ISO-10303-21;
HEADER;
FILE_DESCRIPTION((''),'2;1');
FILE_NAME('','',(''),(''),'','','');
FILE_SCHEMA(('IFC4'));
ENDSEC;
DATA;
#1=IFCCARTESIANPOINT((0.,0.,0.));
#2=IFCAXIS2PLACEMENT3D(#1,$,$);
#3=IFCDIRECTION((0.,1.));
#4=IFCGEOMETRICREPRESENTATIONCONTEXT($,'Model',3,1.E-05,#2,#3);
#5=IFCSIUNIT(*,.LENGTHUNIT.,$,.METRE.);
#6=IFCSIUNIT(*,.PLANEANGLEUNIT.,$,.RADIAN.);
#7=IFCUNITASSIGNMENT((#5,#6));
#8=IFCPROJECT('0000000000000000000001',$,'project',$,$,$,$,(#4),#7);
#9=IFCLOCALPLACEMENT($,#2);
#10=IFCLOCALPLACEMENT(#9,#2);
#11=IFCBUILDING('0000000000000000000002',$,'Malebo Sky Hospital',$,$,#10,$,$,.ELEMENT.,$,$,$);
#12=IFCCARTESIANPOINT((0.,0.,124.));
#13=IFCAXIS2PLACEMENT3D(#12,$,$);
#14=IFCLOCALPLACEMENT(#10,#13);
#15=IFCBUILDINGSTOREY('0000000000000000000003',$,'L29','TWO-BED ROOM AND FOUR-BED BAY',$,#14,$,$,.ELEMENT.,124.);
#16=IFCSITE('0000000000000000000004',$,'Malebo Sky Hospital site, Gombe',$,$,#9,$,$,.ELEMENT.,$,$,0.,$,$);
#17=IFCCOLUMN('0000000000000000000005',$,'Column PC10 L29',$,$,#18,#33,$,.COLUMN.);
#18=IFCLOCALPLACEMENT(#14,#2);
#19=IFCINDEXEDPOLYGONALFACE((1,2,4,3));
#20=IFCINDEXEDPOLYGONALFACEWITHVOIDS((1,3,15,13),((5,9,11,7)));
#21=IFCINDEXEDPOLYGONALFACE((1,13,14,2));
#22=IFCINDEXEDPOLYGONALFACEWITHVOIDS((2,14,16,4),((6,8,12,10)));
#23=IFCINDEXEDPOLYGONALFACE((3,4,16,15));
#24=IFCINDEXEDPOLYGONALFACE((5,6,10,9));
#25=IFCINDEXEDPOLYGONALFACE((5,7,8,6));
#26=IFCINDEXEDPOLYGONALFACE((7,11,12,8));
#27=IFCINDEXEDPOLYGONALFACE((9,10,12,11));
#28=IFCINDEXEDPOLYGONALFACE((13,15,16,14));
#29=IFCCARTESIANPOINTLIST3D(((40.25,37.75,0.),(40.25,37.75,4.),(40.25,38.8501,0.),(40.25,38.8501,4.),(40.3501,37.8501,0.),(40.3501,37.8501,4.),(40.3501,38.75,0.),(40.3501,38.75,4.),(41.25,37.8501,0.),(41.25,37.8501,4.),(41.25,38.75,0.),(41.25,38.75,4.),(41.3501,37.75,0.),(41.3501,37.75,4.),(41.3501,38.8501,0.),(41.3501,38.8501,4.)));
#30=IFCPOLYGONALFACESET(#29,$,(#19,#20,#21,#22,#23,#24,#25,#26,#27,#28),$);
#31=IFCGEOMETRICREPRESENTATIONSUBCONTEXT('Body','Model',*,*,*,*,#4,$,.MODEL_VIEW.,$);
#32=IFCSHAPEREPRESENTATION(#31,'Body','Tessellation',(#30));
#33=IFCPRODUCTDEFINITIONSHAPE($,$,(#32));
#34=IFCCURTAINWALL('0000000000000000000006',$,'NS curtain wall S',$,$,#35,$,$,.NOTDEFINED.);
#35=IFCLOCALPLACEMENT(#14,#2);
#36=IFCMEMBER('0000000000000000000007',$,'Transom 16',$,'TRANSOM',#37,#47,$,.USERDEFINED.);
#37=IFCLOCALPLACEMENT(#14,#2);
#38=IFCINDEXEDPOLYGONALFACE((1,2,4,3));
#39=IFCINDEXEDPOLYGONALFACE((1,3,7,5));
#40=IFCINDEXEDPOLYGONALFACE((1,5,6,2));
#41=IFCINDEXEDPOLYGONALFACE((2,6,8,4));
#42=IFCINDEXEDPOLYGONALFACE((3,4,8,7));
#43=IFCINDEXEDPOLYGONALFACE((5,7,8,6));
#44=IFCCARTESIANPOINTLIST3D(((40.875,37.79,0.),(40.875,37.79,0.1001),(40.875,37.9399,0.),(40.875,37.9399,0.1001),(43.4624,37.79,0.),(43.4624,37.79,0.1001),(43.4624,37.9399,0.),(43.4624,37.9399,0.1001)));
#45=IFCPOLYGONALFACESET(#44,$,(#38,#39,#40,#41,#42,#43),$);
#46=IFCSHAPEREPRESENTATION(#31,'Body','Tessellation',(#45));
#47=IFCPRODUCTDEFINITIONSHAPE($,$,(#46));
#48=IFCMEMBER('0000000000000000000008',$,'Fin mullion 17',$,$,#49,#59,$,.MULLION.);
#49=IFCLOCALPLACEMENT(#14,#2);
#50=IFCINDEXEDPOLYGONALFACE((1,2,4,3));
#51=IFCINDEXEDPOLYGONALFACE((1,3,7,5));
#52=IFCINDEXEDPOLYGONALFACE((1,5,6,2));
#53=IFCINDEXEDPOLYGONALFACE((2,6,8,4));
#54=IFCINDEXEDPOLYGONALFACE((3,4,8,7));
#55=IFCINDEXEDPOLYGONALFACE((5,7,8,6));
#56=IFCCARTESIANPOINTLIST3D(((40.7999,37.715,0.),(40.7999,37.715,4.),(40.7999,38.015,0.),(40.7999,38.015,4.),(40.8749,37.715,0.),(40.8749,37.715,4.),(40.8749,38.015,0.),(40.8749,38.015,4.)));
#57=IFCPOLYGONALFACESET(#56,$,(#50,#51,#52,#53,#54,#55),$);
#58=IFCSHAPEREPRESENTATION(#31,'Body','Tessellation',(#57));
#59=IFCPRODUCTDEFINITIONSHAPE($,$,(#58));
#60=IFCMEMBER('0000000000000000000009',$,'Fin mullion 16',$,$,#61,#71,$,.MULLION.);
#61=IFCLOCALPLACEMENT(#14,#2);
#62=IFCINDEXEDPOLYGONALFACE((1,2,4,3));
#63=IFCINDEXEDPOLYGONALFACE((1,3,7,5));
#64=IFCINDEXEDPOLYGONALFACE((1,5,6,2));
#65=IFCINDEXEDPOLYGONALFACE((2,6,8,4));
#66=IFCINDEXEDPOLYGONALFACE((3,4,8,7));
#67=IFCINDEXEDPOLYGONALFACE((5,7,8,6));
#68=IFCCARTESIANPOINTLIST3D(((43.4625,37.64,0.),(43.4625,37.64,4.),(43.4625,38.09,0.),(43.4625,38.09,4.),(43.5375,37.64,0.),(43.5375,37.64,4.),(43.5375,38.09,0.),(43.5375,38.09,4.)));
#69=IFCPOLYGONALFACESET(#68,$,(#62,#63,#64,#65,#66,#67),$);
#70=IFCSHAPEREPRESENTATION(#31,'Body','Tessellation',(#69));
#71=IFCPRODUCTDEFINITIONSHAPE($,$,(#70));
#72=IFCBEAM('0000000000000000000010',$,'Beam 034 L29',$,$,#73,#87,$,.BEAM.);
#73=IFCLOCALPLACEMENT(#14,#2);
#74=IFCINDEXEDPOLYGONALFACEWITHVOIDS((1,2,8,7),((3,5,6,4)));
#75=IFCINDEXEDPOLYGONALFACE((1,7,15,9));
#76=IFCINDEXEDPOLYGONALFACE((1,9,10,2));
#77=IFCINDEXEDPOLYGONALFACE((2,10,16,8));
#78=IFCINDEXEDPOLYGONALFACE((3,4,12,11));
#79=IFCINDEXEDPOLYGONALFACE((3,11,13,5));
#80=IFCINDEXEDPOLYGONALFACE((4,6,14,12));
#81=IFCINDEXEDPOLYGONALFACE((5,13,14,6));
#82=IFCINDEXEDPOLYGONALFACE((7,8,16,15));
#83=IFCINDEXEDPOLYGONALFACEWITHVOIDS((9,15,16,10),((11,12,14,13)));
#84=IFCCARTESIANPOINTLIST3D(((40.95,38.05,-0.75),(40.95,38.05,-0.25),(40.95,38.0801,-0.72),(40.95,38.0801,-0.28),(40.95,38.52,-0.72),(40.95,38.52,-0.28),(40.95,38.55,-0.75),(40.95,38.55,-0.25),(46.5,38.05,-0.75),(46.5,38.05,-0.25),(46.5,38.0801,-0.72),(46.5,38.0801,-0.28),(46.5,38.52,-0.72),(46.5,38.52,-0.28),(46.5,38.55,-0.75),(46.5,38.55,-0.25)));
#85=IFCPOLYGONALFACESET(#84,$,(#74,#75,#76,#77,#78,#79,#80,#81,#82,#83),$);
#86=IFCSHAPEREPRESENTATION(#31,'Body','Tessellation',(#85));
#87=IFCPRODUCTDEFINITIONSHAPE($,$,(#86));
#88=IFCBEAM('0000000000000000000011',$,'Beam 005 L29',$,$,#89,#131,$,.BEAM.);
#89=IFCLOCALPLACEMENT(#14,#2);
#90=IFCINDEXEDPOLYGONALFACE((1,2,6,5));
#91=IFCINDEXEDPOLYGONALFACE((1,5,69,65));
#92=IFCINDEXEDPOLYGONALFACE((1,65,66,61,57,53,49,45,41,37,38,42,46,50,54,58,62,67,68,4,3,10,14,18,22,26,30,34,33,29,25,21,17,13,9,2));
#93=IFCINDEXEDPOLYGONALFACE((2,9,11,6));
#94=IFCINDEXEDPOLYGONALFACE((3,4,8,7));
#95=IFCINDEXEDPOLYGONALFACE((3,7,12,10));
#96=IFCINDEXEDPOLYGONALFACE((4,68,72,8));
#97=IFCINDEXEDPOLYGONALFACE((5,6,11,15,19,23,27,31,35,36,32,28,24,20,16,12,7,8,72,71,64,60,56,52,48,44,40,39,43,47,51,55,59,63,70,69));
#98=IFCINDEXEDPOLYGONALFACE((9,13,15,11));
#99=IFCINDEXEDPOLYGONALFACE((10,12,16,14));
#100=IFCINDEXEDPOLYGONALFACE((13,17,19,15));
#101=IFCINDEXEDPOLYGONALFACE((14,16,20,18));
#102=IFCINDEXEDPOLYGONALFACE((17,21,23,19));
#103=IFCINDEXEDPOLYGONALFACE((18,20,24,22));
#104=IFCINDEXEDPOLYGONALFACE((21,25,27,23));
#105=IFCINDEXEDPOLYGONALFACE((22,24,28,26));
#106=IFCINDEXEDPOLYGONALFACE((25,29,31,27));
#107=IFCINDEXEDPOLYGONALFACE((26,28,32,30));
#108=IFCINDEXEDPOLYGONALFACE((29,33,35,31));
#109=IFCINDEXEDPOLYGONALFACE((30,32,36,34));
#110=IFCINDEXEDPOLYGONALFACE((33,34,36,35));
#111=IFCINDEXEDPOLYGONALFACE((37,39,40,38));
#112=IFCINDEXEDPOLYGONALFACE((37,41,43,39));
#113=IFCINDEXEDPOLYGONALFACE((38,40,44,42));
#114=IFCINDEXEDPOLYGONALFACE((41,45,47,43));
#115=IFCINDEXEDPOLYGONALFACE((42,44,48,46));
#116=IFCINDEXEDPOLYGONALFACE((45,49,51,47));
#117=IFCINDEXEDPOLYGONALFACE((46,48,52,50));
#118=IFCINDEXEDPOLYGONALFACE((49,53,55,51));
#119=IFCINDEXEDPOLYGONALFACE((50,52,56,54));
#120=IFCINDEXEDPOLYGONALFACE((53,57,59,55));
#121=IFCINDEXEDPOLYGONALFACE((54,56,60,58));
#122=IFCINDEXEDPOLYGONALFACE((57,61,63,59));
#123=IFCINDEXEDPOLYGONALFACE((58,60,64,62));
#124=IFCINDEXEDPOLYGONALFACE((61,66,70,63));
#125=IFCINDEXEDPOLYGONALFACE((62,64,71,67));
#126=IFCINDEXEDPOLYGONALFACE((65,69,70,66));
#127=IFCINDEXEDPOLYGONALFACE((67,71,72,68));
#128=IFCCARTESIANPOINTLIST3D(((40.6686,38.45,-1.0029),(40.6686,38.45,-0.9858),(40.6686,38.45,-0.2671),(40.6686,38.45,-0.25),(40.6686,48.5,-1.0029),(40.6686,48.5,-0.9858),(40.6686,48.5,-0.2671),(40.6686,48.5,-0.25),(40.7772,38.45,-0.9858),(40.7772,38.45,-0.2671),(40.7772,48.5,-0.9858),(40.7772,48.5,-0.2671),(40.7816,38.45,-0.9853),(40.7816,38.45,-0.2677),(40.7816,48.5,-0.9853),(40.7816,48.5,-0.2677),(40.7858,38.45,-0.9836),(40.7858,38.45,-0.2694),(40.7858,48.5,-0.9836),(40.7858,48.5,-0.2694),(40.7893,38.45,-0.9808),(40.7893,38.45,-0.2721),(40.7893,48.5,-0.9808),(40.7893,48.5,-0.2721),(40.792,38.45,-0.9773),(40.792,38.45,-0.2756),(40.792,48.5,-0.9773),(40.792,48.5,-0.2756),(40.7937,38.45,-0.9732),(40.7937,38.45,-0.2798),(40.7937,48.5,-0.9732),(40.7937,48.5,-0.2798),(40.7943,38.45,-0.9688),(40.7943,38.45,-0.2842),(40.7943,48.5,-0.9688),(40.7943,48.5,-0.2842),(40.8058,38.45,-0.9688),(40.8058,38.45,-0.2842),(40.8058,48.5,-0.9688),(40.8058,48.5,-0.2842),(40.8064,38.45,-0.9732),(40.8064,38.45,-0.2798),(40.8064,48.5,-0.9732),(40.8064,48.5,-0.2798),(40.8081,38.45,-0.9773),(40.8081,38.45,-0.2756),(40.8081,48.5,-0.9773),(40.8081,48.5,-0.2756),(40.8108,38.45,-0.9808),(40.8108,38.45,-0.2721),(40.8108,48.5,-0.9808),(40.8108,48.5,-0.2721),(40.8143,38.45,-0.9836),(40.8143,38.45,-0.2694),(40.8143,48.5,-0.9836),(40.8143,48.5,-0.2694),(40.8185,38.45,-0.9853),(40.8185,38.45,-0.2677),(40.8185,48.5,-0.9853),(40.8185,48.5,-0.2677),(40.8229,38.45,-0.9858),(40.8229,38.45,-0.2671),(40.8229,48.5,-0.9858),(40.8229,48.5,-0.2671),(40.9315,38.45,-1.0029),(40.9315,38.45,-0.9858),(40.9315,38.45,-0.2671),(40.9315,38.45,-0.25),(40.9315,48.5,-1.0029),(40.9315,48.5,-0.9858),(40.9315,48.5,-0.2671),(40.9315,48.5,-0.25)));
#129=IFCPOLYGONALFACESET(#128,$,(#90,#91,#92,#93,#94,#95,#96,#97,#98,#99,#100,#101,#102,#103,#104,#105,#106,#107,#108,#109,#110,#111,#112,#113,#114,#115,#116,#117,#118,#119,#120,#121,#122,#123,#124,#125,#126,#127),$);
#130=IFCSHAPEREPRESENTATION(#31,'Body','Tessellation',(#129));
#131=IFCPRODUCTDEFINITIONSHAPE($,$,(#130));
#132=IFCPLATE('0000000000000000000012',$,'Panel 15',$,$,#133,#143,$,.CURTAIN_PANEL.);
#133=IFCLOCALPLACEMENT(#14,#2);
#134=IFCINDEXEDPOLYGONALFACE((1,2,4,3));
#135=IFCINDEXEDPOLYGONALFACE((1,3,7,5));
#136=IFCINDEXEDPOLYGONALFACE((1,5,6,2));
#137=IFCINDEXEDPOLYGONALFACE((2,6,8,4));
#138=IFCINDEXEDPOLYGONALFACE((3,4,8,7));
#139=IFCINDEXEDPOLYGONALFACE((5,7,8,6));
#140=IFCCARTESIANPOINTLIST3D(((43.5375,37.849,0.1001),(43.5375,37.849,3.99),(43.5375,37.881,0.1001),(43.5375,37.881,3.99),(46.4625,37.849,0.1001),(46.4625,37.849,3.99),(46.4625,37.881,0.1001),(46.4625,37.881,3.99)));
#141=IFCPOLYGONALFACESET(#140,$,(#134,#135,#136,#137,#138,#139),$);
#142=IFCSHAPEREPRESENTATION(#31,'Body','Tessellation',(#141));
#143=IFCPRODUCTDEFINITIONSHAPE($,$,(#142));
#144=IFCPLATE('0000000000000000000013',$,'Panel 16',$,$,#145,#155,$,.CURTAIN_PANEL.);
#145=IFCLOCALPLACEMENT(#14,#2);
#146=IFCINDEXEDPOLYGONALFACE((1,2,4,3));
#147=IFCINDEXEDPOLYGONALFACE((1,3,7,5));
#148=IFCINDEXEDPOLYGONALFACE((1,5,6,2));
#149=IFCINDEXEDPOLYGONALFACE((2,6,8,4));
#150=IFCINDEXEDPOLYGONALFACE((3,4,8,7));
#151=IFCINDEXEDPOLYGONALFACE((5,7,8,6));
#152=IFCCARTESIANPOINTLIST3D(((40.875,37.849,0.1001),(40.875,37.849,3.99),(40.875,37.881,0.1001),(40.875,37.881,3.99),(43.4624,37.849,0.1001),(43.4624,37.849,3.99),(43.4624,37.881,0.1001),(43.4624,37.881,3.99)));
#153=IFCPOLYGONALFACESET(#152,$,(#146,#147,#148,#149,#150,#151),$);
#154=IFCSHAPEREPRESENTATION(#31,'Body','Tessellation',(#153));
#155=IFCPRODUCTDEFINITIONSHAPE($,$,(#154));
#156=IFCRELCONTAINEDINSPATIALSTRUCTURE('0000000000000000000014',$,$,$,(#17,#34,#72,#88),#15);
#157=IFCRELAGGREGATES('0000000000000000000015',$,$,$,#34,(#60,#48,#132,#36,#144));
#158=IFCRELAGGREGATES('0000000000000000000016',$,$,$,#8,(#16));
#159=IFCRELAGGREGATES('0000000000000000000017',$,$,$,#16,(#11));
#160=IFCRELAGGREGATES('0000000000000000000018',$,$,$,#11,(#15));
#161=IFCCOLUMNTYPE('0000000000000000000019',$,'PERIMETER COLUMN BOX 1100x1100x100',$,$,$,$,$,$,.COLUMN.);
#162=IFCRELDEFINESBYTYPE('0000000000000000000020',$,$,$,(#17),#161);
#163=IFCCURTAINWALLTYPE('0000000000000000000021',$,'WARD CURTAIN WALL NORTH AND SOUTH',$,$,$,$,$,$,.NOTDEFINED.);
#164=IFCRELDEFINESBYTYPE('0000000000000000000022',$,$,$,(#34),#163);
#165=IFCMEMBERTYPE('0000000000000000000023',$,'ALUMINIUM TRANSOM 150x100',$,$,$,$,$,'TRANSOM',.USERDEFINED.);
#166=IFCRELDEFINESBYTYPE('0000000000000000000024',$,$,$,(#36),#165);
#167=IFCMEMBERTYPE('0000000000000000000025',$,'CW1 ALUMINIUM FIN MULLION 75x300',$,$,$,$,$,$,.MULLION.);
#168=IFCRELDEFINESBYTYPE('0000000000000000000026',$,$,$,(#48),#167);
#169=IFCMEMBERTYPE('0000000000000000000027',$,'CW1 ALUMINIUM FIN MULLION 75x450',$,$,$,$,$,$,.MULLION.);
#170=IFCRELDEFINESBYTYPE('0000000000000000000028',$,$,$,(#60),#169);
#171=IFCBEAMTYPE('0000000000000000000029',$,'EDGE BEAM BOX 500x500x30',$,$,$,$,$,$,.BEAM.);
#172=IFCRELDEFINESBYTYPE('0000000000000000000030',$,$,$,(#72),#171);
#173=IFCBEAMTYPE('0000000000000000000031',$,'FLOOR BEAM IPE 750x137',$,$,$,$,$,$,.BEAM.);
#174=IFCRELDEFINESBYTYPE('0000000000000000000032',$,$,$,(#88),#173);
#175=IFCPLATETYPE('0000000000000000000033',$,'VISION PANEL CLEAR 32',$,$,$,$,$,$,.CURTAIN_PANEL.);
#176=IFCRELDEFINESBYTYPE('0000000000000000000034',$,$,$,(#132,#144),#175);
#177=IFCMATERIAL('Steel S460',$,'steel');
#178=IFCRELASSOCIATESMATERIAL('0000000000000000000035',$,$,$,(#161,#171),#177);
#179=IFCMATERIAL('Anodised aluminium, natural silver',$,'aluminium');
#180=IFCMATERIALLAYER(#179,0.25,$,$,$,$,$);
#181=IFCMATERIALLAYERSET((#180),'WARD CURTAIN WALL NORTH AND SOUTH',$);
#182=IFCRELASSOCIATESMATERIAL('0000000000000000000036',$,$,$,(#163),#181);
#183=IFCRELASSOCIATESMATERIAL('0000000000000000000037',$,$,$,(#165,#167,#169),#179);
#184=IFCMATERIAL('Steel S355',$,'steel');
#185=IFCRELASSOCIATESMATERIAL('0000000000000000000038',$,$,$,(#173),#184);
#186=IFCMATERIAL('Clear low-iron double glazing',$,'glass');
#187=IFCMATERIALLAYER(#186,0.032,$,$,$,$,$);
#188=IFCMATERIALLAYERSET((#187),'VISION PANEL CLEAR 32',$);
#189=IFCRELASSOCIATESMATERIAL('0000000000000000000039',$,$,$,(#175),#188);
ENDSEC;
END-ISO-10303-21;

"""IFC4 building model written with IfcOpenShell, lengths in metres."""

from ifc_helpers import new_model, si_unit, direction, frame, origin, origin_2d, place, context, subcontext, project, spatial, rectangle, hollow_rectangle, i_section, extrude, material, layer, layer_set, material_profile, profile_set, type_object, element, aggregate, save


model = new_model("IFC4")

# Units and contexts
model_context = context("Model", 3, precision=1e-05, world=origin(), true_north=direction((0.0, 1.0)))
body_context = subcontext(model_context, "Body", "Model", "MODEL_VIEW")
ifc_project = project(units=[si_unit("LENGTHUNIT", "METRE"), si_unit("PLANEANGLEUNIT", "RADIAN")], contexts=[model_context])

# Site, building, storey
site_placement = place(None, origin())
site = spatial("IfcSite", under=ifc_project, at=site_placement, Name="Malebo Sky Hospital site, Gombe", CompositionType="ELEMENT", RefElevation=0.0)
building_placement = place(site_placement, origin())
building = spatial("IfcBuilding", under=site, at=building_placement, Name="Malebo Sky Hospital", CompositionType="ELEMENT")
storey_placement = place(building_placement, frame((0.0, 0.0, 124.0)))
storey = spatial("IfcBuildingStorey", under=building, at=storey_placement, Name="L29", Description="TWO-BED ROOM AND FOUR-BED BAY", CompositionType="ELEMENT", Elevation=124.0)

# Column
ifc_material_1 = material(Name="Steel S460", Category="steel")
ifc_material_profile_1 = material_profile(ifc_material_1, hollow_rectangle(XDim=1.1001, YDim=1.1001, WallThickness=0.1001, at=origin_2d()), Name="BOX 1100x1100x100")
ifc_profile_set_1 = profile_set([ifc_material_profile_1], Name="Steel S460")
column_type = type_object("IfcColumnType", Name="PERIMETER COLUMN BOX 1100x1100x100", PredefinedType="COLUMN", material=ifc_profile_set_1)
column_placement = place(storey_placement, frame((40.8, 38.3, 0.0), z_axis=(0.0, 0.0, 1.0), x_axis=(1.0, 0.0, 0.0)))
element("IfcColumn", 1, at=column_placement, inside=storey, type_object=column_type, Name="Column PC10 L29", PredefinedType="COLUMN", context=body_context, shape_type="SweptSolid", body=[
    extrude(hollow_rectangle(XDim=1.1001, YDim=1.1001, WallThickness=0.1001, at=origin_2d()), origin(), (0.0, 0.0, 1.0), 4.0),
])

# Curtain wall, members
ifc_material_2 = material(Name="Anodised aluminium, natural silver", Category="aluminium")
ifc_layer_1 = layer(ifc_material_2, 0.25)
ifc_layer_set_1 = layer_set([ifc_layer_1], Name="WARD CURTAIN WALL NORTH AND SOUTH")
curtain_wall_type = type_object("IfcCurtainWallType", Name="WARD CURTAIN WALL NORTH AND SOUTH", PredefinedType="NOTDEFINED", material=ifc_layer_set_1)
curtain_wall_placement = place(storey_placement, origin())
curtain_wall = element("IfcCurtainWall", 2, at=curtain_wall_placement, inside=storey, type_object=curtain_wall_type, Name="NS curtain wall S", PredefinedType="NOTDEFINED")
ifc_material_profile_2 = material_profile(ifc_material_2, rectangle(XDim=0.1499, YDim=0.1001, at=origin_2d()), Name="ALUMINIUM TRANSOM 150x100")
ifc_profile_set_2 = profile_set([ifc_material_profile_2], Name="Anodised aluminium, natural silver")
member_type_1 = type_object("IfcMemberType", Name="ALUMINIUM TRANSOM 150x100", ElementType="TRANSOM", PredefinedType="USERDEFINED", material=ifc_profile_set_2)
member_1_placement = place(storey_placement, frame((43.4624, 37.865, 0.05), z_axis=(-1.0, 0.0, 0.0), x_axis=(0.0, -1.0, 0.0)))
member_1 = element("IfcMember", 3, at=member_1_placement, type_object=member_type_1, Name="Transom 16", ObjectType="TRANSOM", PredefinedType="USERDEFINED", context=body_context, shape_type="SweptSolid", body=[
    extrude(rectangle(XDim=0.1499, YDim=0.1001, at=origin_2d()), origin(), (0.0, 0.0, 1.0), 2.5874),
])
ifc_material_profile_3 = material_profile(ifc_material_2, rectangle(XDim=0.075, YDim=0.3, at=origin_2d()), Name="CW1 ALUMINIUM FIN MULLION 75x300")
ifc_profile_set_3 = profile_set([ifc_material_profile_3], Name="Anodised aluminium, natural silver")
member_type_2 = type_object("IfcMemberType", Name="CW1 ALUMINIUM FIN MULLION 75x300", PredefinedType="MULLION", material=ifc_profile_set_3)
member_2_placement = place(storey_placement, frame((40.8374, 37.865, 0.0), z_axis=(0.0, 0.0, 1.0), x_axis=(-1.0, 0.0, 0.0)))
member_2 = element("IfcMember", 4, at=member_2_placement, type_object=member_type_2, Name="Fin mullion 17", PredefinedType="MULLION", context=body_context, shape_type="SweptSolid", body=[
    extrude(rectangle(XDim=0.075, YDim=0.3, at=origin_2d()), origin(), (0.0, 0.0, 1.0), 4.0),
])
ifc_material_profile_4 = material_profile(ifc_material_2, rectangle(XDim=0.075, YDim=0.45, at=origin_2d()), Name="CW1 ALUMINIUM FIN MULLION 75x450")
ifc_profile_set_4 = profile_set([ifc_material_profile_4], Name="Anodised aluminium, natural silver")
member_type_3 = type_object("IfcMemberType", Name="CW1 ALUMINIUM FIN MULLION 75x450", PredefinedType="MULLION", material=ifc_profile_set_4)
member_3_placement = place(storey_placement, frame((43.5, 37.865, 0.0), z_axis=(0.0, 0.0, 1.0), x_axis=(-1.0, 0.0, 0.0)))
member_3 = element("IfcMember", 5, at=member_3_placement, type_object=member_type_3, Name="Fin mullion 16", PredefinedType="MULLION", context=body_context, shape_type="SweptSolid", body=[
    extrude(rectangle(XDim=0.075, YDim=0.45, at=origin_2d()), origin(), (0.0, 0.0, 1.0), 4.0),
])

# Beams
ifc_material_profile_5 = material_profile(ifc_material_1, hollow_rectangle(XDim=0.5, YDim=0.5, WallThickness=0.03, at=origin_2d()), Name="BOX 500x500x30")
ifc_profile_set_5 = profile_set([ifc_material_profile_5], Name="Steel S460")
beam_type_1 = type_object("IfcBeamType", Name="EDGE BEAM BOX 500x500x30", PredefinedType="BEAM", material=ifc_profile_set_5)
beam_1_placement = place(storey_placement, frame((40.95, 38.3, -0.5), z_axis=(1.0, 0.0, 0.0), x_axis=(0.0, 1.0, 0.0)))
element("IfcBeam", 6, at=beam_1_placement, inside=storey, type_object=beam_type_1, Name="Beam 034 L29", PredefinedType="BEAM", context=body_context, shape_type="SweptSolid", body=[
    extrude(hollow_rectangle(XDim=0.5, YDim=0.5, WallThickness=0.03, at=origin_2d()), origin(), (0.0, 0.0, 1.0), 5.55),
])
ifc_material_3 = material(Name="Steel S355", Category="steel")
ifc_material_profile_6 = material_profile(ifc_material_3, i_section(OverallWidth=0.2629, OverallDepth=0.7529, WebThickness=0.0115, FlangeThickness=0.0171, FilletRadius=0.0171, at=origin_2d()), Name="IPE 750x137")
ifc_profile_set_6 = profile_set([ifc_material_profile_6], Name="Steel S355")
beam_type_2 = type_object("IfcBeamType", Name="FLOOR BEAM IPE 750x137", PredefinedType="BEAM", material=ifc_profile_set_6)
beam_2_placement = place(storey_placement, frame((40.8, 38.45, -0.6265), z_axis=(0.0, 1.0, 0.0), x_axis=(-1.0, 0.0, 0.0)))
element("IfcBeam", 7, at=beam_2_placement, inside=storey, type_object=beam_type_2, Name="Beam 005 L29", PredefinedType="BEAM", context=body_context, shape_type="SweptSolid", body=[
    extrude(i_section(OverallWidth=0.2629, OverallDepth=0.7529, WebThickness=0.0115, FlangeThickness=0.0171, FilletRadius=0.0171, at=origin_2d()), origin(), (0.0, 0.0, 1.0), 10.05),
])

# Plates
ifc_material_4 = material(Name="Clear low-iron double glazing", Category="glass")
ifc_layer_2 = layer(ifc_material_4, 0.032)
ifc_layer_set_2 = layer_set([ifc_layer_2], Name="VISION PANEL CLEAR 32")
plate_type = type_object("IfcPlateType", Name="VISION PANEL CLEAR 32", PredefinedType="CURTAIN_PANEL", material=ifc_layer_set_2)
plate_1_placement = place(storey_placement, frame((45.0, 37.865, 0.1001), z_axis=(0.0, 0.0, 1.0), x_axis=(-1.0, 0.0, 0.0)))
plate_1 = element("IfcPlate", 8, at=plate_1_placement, type_object=plate_type, Name="Panel 15", PredefinedType="CURTAIN_PANEL", context=body_context, shape_type="SweptSolid", body=[
    extrude(rectangle(XDim=2.925, YDim=0.032, at=origin_2d()), origin(), (0.0, 0.0, 1.0), 3.8899),
])
plate_2_placement = place(storey_placement, frame((42.1687, 37.865, 0.1001), z_axis=(0.0, 0.0, 1.0), x_axis=(-1.0, 0.0, 0.0)))
plate_2 = element("IfcPlate", 9, at=plate_2_placement, type_object=plate_type, Name="Panel 16", PredefinedType="CURTAIN_PANEL", context=body_context, shape_type="SweptSolid", body=[
    extrude(rectangle(XDim=2.5874, YDim=0.032, at=origin_2d()), origin(), (0.0, 0.0, 1.0), 3.8899),
])
aggregate(curtain_wall, [member_3, member_2, plate_1, member_1, plate_2])

save(model, "model.ifc")
